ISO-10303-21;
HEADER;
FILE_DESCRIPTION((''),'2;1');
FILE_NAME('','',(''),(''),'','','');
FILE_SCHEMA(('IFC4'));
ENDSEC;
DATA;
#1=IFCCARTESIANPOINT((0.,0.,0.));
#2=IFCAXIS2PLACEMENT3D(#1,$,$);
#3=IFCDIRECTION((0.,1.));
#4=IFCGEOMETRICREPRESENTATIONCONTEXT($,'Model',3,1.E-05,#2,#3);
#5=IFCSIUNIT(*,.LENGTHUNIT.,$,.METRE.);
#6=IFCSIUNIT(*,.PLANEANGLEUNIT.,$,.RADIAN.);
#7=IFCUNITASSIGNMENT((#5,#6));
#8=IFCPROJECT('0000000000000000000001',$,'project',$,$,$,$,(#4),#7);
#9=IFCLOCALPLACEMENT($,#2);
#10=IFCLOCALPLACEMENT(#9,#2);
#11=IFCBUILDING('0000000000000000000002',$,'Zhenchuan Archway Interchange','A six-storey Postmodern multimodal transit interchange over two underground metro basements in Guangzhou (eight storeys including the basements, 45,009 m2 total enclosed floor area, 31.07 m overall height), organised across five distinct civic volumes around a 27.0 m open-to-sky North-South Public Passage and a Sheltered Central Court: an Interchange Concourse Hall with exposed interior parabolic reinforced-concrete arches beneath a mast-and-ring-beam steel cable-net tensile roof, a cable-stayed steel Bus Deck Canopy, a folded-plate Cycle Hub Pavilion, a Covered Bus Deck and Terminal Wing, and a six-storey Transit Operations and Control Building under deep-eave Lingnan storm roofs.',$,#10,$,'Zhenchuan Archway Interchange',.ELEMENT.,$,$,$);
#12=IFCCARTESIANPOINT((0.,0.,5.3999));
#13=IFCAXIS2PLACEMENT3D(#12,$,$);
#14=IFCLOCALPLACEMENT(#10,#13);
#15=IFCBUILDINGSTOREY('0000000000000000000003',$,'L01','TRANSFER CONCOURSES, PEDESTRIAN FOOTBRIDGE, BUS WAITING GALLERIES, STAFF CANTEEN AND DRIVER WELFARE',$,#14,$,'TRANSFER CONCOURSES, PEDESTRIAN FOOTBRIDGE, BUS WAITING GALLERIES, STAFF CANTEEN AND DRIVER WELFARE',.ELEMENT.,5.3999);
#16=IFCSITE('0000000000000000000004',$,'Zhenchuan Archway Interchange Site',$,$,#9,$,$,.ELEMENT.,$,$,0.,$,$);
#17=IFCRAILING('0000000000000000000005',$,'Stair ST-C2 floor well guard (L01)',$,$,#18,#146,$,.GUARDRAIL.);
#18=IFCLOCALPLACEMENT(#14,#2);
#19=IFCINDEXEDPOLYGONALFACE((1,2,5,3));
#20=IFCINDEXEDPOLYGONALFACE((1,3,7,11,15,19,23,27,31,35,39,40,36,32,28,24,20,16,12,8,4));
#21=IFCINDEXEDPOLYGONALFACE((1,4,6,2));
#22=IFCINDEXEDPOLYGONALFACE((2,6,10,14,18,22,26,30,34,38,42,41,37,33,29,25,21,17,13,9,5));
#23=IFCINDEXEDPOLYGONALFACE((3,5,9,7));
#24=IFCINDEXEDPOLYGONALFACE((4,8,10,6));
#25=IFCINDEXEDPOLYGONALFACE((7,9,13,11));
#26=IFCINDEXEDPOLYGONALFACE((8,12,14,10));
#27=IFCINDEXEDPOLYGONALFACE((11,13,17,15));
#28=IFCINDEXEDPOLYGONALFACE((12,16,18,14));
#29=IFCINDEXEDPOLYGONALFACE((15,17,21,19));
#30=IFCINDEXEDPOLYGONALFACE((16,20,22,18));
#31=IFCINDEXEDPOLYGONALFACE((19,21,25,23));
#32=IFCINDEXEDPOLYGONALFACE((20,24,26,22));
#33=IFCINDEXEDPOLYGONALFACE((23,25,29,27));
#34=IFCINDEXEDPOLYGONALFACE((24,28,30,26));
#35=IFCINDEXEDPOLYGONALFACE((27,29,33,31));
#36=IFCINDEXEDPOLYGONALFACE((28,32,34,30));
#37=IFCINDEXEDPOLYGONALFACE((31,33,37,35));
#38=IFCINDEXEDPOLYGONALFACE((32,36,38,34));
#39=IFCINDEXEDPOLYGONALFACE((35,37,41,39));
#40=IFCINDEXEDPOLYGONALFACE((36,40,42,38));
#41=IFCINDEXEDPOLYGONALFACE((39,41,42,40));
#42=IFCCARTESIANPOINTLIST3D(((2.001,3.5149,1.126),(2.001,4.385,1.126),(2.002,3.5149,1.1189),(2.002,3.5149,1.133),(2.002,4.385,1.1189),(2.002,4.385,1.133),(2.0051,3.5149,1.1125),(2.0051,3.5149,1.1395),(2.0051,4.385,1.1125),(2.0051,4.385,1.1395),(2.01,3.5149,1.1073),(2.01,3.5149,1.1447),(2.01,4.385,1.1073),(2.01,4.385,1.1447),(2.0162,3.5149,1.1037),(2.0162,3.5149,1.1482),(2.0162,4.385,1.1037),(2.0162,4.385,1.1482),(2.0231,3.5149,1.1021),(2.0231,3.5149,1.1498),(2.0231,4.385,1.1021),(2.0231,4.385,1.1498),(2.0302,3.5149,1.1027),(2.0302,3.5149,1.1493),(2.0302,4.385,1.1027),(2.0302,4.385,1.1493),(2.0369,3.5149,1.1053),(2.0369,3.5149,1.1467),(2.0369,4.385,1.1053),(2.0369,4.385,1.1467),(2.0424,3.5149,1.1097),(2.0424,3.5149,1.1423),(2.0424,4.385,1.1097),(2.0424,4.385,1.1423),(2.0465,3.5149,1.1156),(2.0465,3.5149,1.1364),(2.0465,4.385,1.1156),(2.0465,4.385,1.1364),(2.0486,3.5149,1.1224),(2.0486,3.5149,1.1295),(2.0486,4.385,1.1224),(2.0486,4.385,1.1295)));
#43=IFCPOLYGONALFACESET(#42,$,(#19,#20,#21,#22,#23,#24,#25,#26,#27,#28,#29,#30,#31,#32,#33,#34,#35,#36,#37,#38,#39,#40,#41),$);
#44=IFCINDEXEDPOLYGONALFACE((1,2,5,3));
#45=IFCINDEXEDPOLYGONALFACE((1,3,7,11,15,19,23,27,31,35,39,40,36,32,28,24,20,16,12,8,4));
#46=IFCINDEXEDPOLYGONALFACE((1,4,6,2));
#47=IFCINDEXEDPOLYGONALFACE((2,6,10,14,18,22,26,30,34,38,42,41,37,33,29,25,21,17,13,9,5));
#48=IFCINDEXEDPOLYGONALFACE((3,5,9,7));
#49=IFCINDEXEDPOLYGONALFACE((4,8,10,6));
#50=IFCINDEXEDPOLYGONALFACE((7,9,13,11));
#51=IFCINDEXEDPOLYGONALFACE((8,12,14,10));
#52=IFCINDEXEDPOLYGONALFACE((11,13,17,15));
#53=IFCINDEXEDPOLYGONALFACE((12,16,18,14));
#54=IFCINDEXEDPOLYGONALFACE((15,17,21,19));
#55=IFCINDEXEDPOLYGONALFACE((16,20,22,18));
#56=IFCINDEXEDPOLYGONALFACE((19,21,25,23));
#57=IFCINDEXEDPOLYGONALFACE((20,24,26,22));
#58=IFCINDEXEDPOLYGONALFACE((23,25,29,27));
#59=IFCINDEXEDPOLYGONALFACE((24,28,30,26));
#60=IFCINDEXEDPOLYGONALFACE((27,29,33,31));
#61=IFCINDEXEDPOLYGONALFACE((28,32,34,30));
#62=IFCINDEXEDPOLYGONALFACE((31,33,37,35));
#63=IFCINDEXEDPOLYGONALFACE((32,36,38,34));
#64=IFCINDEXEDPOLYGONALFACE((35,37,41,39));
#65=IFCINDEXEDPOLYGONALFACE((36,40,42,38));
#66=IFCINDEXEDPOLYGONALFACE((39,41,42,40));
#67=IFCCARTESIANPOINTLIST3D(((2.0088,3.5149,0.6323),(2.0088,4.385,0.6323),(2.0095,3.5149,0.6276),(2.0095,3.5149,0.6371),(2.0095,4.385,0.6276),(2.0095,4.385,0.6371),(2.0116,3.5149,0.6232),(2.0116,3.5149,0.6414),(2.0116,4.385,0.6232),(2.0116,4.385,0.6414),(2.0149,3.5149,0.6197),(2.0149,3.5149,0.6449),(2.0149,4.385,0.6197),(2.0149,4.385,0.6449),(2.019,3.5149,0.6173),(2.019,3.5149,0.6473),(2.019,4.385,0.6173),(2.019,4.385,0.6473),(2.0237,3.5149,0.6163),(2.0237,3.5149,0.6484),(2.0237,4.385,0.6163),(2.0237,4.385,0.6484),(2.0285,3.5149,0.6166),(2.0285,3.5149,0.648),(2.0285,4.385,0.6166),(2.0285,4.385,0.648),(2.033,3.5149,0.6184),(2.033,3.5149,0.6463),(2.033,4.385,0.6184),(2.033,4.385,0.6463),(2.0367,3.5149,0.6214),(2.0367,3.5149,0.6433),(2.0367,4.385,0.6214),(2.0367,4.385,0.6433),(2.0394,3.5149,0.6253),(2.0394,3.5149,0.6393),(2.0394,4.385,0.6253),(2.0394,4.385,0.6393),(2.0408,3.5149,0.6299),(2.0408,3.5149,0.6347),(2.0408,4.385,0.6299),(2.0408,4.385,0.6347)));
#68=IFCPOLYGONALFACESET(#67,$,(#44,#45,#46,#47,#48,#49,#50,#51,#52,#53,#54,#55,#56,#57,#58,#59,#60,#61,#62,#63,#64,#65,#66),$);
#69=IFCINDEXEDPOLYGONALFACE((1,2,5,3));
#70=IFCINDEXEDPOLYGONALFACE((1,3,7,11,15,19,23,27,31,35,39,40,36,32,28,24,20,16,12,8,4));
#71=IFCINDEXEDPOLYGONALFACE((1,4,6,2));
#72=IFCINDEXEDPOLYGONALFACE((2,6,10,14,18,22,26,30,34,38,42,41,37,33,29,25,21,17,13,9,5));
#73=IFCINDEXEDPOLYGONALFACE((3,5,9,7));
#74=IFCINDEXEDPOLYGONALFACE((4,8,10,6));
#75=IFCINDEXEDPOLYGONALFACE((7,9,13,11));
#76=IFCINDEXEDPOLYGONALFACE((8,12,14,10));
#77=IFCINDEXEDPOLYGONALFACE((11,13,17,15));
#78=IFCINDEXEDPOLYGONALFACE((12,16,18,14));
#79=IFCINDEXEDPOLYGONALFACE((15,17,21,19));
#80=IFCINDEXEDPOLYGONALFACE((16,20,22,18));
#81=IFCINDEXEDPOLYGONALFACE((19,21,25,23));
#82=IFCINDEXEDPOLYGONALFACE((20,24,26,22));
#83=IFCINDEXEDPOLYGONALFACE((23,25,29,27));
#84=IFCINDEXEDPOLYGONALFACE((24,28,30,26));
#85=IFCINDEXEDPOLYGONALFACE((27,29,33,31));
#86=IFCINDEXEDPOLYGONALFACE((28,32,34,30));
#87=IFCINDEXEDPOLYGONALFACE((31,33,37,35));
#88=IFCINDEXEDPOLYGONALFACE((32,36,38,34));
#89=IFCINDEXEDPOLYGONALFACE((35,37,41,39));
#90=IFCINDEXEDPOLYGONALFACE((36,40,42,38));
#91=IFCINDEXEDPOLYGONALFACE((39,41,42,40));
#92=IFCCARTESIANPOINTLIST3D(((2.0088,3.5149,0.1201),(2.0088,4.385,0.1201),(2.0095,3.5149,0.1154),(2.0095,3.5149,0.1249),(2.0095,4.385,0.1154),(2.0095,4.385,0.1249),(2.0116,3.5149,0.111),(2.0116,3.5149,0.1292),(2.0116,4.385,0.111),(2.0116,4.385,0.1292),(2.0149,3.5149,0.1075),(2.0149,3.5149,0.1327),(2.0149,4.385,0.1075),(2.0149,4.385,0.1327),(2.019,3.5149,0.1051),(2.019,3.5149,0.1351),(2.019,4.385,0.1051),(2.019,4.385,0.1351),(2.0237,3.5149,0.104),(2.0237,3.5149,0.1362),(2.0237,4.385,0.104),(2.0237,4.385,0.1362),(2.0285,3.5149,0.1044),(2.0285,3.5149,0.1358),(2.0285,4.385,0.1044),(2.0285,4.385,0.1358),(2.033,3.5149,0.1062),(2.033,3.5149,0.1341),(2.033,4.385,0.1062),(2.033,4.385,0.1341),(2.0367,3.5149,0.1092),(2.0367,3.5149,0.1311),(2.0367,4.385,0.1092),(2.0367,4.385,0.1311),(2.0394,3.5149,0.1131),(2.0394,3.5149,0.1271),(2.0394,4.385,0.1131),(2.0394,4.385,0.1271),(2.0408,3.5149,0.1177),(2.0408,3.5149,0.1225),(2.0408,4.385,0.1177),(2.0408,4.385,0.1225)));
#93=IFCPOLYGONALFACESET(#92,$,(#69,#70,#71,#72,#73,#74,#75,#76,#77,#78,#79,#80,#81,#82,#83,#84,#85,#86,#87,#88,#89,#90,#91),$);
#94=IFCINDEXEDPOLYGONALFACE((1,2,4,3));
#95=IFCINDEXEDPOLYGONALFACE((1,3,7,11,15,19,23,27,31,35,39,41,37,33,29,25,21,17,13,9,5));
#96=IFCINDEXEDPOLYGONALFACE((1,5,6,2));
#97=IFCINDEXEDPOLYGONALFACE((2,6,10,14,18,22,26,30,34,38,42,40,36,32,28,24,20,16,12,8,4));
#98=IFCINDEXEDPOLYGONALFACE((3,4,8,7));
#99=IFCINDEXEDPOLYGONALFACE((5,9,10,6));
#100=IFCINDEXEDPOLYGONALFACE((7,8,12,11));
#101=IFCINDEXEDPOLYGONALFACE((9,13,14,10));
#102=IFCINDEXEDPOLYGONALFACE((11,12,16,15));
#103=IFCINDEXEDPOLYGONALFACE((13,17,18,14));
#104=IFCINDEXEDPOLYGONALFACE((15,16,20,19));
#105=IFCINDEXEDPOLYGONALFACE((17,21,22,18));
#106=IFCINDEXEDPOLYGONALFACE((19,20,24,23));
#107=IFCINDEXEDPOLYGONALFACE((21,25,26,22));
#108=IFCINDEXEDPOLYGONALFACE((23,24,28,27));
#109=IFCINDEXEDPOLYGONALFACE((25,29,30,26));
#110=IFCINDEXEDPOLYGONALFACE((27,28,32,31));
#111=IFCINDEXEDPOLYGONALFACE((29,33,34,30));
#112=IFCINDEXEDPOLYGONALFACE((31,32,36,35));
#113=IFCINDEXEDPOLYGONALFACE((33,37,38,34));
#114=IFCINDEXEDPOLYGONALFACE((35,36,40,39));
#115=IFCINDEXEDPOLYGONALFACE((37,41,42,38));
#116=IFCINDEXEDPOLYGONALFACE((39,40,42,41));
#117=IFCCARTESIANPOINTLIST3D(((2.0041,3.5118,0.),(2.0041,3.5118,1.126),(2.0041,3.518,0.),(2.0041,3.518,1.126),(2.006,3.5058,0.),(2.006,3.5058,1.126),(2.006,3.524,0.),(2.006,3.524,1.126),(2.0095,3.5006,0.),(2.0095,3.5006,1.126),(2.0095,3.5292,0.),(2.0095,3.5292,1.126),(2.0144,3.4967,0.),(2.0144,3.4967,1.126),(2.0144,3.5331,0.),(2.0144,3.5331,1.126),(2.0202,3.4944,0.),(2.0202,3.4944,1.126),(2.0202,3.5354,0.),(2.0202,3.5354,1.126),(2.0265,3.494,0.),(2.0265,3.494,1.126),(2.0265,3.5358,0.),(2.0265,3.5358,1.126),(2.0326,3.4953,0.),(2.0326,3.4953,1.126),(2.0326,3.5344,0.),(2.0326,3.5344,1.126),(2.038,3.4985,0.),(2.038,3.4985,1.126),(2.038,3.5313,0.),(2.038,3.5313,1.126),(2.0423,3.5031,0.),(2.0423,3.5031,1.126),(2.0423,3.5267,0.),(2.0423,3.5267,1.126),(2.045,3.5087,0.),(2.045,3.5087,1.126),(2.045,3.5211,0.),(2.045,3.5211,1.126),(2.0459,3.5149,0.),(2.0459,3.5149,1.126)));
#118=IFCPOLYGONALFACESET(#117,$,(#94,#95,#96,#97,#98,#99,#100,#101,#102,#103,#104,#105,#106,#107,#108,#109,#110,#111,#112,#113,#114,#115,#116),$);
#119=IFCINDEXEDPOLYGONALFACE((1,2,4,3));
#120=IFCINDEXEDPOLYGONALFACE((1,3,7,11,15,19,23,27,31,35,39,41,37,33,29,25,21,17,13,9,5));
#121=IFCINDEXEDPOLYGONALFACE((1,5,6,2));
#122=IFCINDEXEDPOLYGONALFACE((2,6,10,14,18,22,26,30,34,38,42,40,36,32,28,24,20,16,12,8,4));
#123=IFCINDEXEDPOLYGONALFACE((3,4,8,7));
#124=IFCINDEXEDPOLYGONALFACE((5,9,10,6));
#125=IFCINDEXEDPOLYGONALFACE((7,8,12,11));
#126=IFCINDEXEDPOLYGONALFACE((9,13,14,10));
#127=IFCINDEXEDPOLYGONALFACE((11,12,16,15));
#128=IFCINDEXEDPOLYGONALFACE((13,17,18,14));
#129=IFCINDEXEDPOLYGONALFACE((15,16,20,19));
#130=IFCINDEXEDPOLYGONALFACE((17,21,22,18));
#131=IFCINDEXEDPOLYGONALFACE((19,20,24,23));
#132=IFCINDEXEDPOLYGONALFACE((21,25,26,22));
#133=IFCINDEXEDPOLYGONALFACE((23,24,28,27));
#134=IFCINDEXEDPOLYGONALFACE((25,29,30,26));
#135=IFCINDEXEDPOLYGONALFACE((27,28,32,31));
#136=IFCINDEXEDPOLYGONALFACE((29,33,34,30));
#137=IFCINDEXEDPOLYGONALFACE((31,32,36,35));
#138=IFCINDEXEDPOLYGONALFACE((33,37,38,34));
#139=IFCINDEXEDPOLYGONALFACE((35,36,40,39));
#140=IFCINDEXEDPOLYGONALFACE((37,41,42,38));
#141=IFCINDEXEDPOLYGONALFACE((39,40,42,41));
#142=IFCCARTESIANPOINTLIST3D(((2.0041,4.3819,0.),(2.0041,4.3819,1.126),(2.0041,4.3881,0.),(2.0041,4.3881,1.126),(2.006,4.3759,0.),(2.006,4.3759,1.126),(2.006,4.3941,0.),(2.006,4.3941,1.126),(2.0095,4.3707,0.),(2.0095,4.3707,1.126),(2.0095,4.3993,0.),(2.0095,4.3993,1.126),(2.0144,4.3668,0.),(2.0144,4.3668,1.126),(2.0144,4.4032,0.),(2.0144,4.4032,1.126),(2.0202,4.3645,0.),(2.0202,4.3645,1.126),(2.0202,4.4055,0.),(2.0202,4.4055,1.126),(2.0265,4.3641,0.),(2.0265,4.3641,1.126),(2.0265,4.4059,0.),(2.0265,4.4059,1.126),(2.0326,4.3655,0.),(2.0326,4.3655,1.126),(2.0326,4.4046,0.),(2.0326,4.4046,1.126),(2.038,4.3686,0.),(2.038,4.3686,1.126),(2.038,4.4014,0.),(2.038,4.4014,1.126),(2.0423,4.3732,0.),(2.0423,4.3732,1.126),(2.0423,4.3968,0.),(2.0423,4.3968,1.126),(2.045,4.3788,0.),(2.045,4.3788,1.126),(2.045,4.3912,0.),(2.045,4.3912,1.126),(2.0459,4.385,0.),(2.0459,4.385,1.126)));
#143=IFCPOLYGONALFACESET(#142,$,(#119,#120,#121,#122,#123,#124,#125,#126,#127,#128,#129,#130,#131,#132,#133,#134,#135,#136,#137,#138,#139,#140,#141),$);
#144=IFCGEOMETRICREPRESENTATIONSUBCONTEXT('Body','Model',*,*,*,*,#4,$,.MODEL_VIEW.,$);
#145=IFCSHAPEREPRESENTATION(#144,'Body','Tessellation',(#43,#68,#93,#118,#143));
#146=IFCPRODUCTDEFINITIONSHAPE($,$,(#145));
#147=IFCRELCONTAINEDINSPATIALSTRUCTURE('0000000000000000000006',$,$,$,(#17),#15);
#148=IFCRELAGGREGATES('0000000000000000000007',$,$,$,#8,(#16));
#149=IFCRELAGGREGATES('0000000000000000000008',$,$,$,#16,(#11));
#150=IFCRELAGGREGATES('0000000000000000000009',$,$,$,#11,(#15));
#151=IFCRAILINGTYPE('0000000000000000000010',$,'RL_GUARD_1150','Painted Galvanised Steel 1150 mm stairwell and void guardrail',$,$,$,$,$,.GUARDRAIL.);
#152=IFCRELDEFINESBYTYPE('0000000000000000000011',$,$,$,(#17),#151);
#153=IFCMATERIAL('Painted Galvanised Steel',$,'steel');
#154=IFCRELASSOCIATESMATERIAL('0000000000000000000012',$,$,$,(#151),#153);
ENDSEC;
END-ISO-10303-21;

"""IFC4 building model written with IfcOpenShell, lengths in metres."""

from ifc_helpers import new_model, si_unit, direction, frame, origin, origin_2d, place, context, subcontext, project, spatial, circle, extrude, material, type_object, element, save


model = new_model("IFC4")

# Units and contexts
model_context = context("Model", 3, precision=1e-05, world=origin(), true_north=direction((0.0, 1.0)))
body_context = subcontext(model_context, "Body", "Model", "MODEL_VIEW")
ifc_project = project(units=[si_unit("LENGTHUNIT", "METRE"), si_unit("PLANEANGLEUNIT", "RADIAN")], contexts=[model_context])

# Site, building, storey
site_placement = place(None, origin())
site = spatial("IfcSite", under=ifc_project, at=site_placement, Name="Zhenchuan Archway Interchange Site", CompositionType="ELEMENT", RefElevation=0.0)
building_placement = place(site_placement, origin())
building = spatial("IfcBuilding", under=site, at=building_placement, Name="Zhenchuan Archway Interchange", Description="A six-storey Postmodern multimodal transit interchange over two underground metro basements in Guangzhou (eight storeys including the basements, 45,009 m2 total enclosed floor area, 31.07 m overall height), organised across five distinct civic volumes around a 27.0 m open-to-sky North-South Public Passage and a Sheltered Central Court: an Interchange Concourse Hall with exposed interior parabolic reinforced-concrete arches beneath a mast-and-ring-beam steel cable-net tensile roof, a cable-stayed steel Bus Deck Canopy, a folded-plate Cycle Hub Pavilion, a Covered Bus Deck and Terminal Wing, and a six-storey Transit Operations and Control Building under deep-eave Lingnan storm roofs.", LongName="Zhenchuan Archway Interchange", CompositionType="ELEMENT")
storey_placement = place(building_placement, frame((0.0, 0.0, 5.3999)))
storey = spatial("IfcBuildingStorey", under=building, at=storey_placement, Name="L01", Description="TRANSFER CONCOURSES, PEDESTRIAN FOOTBRIDGE, BUS WAITING GALLERIES, STAFF CANTEEN AND DRIVER WELFARE", LongName="TRANSFER CONCOURSES, PEDESTRIAN FOOTBRIDGE, BUS WAITING GALLERIES, STAFF CANTEEN AND DRIVER WELFARE", CompositionType="ELEMENT", Elevation=5.3999)

# Railing
ifc_material_1 = material(Name="Painted Galvanised Steel", Category="steel")
railing_type = type_object("IfcRailingType", Name="RL_GUARD_1150", Description="Painted Galvanised Steel 1150 mm stairwell and void guardrail", PredefinedType="GUARDRAIL", material=ifc_material_1)
railing_placement = place(storey_placement, frame((2.0249, 3.5149, 0.0)))
element("IfcRailing", 1, at=railing_placement, inside=storey, type_object=railing_type, Name="Stair ST-C2 floor well guard (L01)", PredefinedType="GUARDRAIL", context=body_context, shape_type="SweptSolid", body=[
    extrude(circle(Radius=0.0239, at=origin_2d()), frame((0.0, 0.0, 1.126), z_axis=(0.0, 1.0, 0.0), x_axis=(-1.0, 0.0, 0.0)), (0.0, 0.0, 1.0), 0.8701),
    extrude(circle(Radius=0.0161, at=origin_2d()), frame((0.0, 0.0, 0.6323), z_axis=(0.0, 1.0, 0.0), x_axis=(-1.0, 0.0, 0.0)), (0.0, 0.0, 1.0), 0.8701),
    extrude(circle(Radius=0.0161, at=origin_2d()), frame((0.0, 0.0, 0.1201), z_axis=(0.0, 1.0, 0.0), x_axis=(-1.0, 0.0, 0.0)), (0.0, 0.0, 1.0), 0.8701),
    extrude(circle(Radius=0.021, at=origin_2d()), origin(), (0.0, 0.0, 1.0), 1.126),
    extrude(circle(Radius=0.021, at=origin_2d()), frame((0.0, 0.8701, 0.0)), (0.0, 0.0, 1.0), 1.126),
])

save(model, "model.ifc")
